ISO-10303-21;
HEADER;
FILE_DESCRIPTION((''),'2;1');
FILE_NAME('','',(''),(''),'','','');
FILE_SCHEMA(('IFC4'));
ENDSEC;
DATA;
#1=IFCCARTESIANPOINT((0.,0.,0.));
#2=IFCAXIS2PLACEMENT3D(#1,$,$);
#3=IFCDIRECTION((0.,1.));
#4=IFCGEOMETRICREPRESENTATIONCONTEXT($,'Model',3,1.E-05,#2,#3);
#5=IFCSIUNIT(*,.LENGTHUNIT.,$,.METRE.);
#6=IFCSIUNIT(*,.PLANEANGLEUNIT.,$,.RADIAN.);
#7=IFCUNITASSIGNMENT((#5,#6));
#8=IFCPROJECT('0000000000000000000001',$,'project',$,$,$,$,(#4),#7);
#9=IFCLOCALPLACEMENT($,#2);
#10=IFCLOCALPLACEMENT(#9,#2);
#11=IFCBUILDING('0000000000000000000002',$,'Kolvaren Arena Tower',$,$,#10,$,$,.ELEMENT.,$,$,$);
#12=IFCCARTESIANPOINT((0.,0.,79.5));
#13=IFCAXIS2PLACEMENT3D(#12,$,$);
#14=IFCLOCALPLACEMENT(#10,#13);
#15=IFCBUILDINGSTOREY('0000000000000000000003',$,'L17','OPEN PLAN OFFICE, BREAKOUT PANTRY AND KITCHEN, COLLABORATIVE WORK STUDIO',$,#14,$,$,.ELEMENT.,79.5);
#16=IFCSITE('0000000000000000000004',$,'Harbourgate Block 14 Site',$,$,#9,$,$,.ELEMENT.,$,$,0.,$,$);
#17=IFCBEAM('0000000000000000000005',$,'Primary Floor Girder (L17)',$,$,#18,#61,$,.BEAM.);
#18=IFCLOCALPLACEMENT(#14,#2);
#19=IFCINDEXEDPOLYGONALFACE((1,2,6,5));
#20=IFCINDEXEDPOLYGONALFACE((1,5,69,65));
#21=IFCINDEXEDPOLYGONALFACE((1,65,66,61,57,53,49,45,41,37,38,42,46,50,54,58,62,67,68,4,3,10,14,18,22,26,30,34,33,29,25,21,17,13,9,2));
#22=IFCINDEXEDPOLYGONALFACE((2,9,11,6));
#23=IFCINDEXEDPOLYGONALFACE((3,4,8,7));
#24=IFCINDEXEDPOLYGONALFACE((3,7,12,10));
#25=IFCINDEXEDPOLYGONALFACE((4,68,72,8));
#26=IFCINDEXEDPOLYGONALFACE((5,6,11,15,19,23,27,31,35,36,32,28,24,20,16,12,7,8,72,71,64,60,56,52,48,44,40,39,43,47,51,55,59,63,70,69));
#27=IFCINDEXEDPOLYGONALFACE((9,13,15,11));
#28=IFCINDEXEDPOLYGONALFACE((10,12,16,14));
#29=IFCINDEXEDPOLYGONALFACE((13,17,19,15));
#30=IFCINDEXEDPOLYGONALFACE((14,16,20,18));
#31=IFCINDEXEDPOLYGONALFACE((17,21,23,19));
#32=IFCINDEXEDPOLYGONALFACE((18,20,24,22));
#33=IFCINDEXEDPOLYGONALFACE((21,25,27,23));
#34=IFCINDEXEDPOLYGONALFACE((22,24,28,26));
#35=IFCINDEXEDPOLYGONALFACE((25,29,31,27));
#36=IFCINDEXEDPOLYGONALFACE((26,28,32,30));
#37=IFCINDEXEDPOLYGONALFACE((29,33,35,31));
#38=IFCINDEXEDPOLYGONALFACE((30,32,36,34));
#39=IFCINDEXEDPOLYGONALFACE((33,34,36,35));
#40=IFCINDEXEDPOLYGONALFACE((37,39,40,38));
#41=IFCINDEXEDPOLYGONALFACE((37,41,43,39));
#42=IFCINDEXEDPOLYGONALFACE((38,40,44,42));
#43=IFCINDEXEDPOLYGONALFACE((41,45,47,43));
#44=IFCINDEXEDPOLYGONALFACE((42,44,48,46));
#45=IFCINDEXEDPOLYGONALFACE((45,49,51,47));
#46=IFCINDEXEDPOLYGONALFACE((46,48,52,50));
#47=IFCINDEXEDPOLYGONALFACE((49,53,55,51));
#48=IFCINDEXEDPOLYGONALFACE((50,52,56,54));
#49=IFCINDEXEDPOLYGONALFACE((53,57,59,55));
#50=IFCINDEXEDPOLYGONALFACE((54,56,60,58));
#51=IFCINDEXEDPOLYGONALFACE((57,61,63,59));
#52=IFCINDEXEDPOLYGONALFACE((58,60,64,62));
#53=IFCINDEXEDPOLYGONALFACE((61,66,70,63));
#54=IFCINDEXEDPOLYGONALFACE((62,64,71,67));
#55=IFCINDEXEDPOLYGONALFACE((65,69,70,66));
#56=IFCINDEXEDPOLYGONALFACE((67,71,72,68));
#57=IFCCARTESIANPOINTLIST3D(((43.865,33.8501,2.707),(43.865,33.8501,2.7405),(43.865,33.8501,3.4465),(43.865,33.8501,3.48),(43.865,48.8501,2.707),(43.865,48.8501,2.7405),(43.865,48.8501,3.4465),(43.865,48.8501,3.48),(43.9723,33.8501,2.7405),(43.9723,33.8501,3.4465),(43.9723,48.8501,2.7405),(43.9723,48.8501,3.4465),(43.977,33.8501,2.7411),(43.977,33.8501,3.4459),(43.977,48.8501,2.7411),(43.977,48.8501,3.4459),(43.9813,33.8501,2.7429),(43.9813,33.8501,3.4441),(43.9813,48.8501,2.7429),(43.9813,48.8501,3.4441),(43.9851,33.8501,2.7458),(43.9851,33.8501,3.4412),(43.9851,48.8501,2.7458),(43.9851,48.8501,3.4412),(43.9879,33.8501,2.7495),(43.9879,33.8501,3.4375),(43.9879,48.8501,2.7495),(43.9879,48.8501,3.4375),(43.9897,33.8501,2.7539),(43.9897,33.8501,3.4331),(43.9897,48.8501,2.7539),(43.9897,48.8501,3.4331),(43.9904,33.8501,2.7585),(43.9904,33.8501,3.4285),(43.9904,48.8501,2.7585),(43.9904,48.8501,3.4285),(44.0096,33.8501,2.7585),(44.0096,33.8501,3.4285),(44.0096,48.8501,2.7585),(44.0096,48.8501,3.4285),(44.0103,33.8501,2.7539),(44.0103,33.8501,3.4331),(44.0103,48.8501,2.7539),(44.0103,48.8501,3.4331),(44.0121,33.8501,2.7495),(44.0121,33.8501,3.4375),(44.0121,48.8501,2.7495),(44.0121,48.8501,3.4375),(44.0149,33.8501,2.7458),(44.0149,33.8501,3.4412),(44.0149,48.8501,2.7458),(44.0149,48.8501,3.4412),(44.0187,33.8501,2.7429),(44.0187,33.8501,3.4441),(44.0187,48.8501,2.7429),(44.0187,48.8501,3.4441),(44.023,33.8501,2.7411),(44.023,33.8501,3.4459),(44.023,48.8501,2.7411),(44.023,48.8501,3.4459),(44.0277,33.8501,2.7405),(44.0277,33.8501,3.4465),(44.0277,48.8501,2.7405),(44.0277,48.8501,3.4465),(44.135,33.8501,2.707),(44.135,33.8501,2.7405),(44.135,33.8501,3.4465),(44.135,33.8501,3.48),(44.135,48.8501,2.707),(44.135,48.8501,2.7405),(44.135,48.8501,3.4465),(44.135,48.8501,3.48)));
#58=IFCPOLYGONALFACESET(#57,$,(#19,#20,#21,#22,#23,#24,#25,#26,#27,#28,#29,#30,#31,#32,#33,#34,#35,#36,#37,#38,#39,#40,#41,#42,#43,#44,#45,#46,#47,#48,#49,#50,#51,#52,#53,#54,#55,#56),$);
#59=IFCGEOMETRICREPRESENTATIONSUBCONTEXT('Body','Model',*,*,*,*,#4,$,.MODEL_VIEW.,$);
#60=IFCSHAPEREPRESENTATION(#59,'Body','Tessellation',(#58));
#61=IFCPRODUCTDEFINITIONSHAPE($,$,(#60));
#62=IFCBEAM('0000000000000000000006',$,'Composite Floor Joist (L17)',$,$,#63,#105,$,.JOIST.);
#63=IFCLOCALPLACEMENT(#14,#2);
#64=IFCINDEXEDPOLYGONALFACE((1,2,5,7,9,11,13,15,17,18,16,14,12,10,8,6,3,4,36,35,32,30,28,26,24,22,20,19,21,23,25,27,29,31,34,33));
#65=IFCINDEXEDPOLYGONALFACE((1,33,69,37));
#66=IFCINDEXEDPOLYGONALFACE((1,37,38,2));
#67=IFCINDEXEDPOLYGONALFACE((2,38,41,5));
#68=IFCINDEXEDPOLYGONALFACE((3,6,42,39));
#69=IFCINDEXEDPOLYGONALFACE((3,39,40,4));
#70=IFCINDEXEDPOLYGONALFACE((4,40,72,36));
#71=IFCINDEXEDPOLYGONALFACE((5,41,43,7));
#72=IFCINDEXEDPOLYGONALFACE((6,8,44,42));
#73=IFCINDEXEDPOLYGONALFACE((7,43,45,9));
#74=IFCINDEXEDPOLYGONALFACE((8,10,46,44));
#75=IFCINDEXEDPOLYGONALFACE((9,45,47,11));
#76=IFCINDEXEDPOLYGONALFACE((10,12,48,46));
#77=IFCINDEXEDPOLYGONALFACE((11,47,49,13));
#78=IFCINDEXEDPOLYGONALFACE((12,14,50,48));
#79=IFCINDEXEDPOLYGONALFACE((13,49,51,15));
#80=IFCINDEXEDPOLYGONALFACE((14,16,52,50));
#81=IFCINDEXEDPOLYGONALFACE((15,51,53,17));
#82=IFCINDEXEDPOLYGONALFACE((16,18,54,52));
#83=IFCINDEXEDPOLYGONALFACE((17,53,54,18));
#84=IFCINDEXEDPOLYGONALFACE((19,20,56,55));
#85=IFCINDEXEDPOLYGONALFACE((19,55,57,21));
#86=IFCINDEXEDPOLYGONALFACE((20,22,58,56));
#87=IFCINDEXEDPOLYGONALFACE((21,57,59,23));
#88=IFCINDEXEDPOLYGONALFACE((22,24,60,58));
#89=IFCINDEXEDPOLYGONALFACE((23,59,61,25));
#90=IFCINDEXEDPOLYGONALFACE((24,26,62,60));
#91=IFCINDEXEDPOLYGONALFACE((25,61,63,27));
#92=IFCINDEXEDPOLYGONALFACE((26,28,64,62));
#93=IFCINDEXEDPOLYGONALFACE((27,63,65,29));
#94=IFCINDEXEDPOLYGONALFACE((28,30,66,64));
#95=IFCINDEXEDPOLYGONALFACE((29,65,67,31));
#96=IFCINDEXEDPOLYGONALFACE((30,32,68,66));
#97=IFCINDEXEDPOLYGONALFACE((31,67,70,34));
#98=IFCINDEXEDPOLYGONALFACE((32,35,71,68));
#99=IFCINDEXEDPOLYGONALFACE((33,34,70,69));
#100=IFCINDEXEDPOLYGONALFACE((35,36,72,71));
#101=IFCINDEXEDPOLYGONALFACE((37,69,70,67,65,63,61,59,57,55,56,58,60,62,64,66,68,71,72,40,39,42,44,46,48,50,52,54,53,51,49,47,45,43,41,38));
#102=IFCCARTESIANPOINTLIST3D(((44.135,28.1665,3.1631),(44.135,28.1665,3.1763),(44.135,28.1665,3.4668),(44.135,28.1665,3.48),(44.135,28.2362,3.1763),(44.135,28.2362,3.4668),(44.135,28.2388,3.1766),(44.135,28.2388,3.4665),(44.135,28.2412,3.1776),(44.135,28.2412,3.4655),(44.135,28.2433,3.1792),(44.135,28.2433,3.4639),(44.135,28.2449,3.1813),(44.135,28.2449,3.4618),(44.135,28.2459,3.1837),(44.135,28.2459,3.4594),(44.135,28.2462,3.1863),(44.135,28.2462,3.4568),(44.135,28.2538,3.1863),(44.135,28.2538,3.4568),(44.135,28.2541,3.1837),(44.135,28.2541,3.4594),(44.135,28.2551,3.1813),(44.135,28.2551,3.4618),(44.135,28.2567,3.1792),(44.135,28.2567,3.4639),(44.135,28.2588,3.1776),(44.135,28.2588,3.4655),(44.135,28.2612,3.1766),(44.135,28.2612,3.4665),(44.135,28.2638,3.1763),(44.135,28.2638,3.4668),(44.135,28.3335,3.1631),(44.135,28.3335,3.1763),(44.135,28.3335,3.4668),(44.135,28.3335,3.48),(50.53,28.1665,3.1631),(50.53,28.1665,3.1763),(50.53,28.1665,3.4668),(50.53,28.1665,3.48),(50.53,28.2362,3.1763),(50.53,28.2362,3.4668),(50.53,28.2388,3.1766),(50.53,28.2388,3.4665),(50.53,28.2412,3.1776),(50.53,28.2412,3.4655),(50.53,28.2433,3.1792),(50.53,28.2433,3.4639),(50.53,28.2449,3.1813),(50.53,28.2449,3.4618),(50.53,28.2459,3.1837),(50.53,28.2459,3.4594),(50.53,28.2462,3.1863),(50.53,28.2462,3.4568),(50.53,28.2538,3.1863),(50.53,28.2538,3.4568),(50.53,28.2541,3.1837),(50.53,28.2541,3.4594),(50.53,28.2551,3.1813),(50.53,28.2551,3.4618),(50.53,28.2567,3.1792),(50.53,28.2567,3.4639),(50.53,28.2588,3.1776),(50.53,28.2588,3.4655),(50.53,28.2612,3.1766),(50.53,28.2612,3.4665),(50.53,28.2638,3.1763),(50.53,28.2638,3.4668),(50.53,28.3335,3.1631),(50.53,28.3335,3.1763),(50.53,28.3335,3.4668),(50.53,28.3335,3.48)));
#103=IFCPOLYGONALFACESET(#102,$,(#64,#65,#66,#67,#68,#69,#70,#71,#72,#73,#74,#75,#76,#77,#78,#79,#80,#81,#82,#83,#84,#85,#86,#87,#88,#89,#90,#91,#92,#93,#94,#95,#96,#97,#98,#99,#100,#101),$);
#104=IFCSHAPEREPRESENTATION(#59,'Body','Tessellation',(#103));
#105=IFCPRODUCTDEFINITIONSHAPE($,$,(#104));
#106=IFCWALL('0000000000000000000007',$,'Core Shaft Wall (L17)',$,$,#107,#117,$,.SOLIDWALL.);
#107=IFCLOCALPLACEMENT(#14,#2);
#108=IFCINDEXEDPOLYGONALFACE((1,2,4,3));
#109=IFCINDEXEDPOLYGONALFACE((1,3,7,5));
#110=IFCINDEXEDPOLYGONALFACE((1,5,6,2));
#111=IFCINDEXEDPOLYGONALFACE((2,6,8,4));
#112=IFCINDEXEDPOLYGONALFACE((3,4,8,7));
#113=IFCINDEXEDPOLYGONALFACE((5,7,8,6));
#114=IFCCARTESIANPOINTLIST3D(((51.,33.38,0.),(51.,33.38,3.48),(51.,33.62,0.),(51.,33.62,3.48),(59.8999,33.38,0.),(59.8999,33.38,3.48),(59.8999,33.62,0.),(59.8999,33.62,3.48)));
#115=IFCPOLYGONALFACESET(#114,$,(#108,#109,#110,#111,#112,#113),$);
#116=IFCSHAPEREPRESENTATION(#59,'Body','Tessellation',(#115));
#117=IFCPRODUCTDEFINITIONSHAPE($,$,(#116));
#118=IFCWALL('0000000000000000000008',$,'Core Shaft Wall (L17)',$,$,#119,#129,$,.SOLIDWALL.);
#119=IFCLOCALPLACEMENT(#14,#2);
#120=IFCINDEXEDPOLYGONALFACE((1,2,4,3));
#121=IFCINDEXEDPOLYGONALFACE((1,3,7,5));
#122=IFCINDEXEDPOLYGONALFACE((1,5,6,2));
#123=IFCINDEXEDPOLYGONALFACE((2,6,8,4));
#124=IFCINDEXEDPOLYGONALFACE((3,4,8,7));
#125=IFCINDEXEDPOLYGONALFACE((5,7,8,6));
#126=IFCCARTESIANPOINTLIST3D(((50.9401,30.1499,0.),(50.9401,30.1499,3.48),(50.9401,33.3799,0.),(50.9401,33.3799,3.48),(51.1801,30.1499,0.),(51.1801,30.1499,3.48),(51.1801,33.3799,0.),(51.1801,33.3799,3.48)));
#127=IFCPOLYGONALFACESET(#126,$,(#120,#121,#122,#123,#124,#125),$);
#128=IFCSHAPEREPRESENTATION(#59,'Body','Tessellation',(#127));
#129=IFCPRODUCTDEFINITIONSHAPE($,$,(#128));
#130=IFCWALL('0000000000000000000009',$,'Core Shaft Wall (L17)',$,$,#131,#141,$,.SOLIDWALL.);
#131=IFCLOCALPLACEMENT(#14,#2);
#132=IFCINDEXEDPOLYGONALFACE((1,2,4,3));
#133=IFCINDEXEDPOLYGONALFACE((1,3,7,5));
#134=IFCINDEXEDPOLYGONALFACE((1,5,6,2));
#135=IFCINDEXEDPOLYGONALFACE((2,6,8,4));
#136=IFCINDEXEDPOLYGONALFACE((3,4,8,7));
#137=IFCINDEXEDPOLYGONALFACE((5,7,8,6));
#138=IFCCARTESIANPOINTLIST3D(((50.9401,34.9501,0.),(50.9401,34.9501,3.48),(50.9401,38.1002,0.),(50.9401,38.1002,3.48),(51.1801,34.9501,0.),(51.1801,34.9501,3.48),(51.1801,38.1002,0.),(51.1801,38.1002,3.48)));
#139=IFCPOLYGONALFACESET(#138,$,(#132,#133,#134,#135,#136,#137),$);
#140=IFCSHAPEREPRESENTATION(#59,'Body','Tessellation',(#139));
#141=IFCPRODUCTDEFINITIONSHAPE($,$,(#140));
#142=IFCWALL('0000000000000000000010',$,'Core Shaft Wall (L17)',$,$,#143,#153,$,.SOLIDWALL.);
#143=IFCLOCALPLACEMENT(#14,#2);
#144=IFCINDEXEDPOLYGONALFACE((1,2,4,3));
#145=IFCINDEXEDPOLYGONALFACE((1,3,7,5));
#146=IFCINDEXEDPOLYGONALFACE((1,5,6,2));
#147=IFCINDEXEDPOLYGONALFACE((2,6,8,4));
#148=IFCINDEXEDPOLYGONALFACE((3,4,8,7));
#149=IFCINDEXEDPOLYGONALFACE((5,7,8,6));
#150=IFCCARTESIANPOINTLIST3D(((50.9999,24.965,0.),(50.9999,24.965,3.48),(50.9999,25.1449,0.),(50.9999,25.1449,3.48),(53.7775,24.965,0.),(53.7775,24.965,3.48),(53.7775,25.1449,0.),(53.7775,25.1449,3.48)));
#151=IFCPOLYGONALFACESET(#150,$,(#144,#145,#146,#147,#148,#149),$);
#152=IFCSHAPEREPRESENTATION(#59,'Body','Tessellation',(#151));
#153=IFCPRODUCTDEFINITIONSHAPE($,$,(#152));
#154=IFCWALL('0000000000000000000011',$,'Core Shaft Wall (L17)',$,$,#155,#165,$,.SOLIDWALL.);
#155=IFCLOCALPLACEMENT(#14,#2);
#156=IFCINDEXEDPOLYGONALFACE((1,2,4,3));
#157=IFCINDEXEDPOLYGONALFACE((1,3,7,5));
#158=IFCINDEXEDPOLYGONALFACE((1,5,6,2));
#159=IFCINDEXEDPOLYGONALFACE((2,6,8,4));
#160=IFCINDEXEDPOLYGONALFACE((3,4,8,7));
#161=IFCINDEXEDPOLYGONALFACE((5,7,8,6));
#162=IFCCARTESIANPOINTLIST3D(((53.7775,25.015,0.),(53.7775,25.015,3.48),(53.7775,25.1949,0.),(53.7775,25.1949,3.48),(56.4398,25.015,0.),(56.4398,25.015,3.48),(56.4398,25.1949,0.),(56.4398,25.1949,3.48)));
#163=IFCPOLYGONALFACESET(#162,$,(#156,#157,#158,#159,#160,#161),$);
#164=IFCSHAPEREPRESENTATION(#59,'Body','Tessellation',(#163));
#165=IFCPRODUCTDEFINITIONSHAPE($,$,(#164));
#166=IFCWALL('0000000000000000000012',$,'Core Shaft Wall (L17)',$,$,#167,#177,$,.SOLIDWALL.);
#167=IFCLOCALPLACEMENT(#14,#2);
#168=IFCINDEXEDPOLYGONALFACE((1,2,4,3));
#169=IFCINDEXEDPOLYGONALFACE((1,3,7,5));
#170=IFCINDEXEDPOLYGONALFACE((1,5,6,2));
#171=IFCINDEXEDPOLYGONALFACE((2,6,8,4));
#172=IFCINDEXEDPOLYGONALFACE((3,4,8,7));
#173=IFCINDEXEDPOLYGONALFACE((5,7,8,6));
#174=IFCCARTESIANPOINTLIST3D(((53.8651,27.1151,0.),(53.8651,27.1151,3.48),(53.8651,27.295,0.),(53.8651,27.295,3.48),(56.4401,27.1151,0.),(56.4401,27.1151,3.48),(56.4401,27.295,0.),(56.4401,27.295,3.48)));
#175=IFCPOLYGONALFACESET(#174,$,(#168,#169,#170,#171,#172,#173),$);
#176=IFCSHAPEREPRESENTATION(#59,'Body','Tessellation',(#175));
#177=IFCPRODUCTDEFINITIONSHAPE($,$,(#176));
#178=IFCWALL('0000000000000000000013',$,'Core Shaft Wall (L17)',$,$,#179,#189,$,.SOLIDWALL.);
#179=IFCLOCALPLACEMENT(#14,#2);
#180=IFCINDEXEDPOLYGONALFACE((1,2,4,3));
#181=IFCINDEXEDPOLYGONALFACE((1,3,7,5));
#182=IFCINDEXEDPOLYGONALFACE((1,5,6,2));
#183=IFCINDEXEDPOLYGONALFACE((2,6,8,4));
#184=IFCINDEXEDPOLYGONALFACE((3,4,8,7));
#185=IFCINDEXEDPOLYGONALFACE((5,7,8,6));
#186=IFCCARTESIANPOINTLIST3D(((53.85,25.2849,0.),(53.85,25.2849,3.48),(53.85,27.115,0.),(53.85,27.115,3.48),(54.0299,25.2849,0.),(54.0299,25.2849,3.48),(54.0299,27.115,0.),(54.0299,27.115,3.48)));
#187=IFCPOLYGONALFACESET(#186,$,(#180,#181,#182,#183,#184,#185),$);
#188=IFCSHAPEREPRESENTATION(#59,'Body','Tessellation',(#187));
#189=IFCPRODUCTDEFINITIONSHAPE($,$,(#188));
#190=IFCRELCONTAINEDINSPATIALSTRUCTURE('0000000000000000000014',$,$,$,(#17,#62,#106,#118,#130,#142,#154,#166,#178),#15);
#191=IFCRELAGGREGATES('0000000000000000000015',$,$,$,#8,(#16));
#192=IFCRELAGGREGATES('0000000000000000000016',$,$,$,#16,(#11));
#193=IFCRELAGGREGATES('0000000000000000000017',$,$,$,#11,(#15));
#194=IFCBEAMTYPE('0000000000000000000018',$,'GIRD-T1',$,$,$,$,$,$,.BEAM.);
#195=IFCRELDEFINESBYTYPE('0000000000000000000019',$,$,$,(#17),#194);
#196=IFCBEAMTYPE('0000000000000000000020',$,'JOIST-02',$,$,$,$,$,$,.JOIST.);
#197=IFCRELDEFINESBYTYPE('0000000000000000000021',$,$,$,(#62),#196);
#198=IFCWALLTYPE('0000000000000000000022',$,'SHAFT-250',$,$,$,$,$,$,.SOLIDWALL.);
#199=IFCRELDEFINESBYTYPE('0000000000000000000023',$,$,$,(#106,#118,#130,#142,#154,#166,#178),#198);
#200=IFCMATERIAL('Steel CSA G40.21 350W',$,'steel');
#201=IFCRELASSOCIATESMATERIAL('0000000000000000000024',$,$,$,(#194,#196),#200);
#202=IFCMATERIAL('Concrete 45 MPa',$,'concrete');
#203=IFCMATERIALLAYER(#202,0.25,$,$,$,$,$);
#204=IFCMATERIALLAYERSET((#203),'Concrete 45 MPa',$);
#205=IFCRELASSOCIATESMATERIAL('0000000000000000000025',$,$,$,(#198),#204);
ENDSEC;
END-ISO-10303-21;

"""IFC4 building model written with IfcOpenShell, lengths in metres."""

from ifc_helpers import new_model, si_unit, direction, frame, frame_2d, origin, origin_2d, place, context, subcontext, project, spatial, rectangle, i_section, extrude, material, layer, layer_set, material_profile, profile_set, type_object, element, save


model = new_model("IFC4")

# Units and contexts
model_context = context("Model", 3, precision=1e-05, world=origin(), true_north=direction((0.0, 1.0)))
body_context = subcontext(model_context, "Body", "Model", "MODEL_VIEW")
ifc_project = project(units=[si_unit("LENGTHUNIT", "METRE"), si_unit("PLANEANGLEUNIT", "RADIAN")], contexts=[model_context])

# Site, building, storey
site_placement = place(None, origin())
site = spatial("IfcSite", under=ifc_project, at=site_placement, Name="Harbourgate Block 14 Site", CompositionType="ELEMENT", RefElevation=0.0)
building_placement = place(site_placement, origin())
building = spatial("IfcBuilding", under=site, at=building_placement, Name="Kolvaren Arena Tower", CompositionType="ELEMENT")
storey_placement = place(building_placement, frame((0.0, 0.0, 79.5)))
storey = spatial("IfcBuildingStorey", under=building, at=storey_placement, Name="L17", Description="OPEN PLAN OFFICE, BREAKOUT PANTRY AND KITCHEN, COLLABORATIVE WORK STUDIO", CompositionType="ELEMENT", Elevation=79.5)

# Beams
ifc_material_1 = material(Name="Steel CSA G40.21 350W", Category="steel")
ifc_material_profile_1 = material_profile(ifc_material_1, i_section(OverallWidth=0.27, OverallDepth=0.7729, WebThickness=0.0193, FlangeThickness=0.0334, FilletRadius=0.0181, at=origin_2d()), Name="W760x257")
ifc_profile_set_1 = profile_set([ifc_material_profile_1], Name="Steel CSA G40.21 350W")
beam_type_1 = type_object("IfcBeamType", Name="GIRD-T1", PredefinedType="BEAM", material=ifc_profile_set_1)
beam_1_placement = place(storey_placement, frame((44.0, 33.8501, 3.0935), z_axis=(0.0, 1.0, 0.0), x_axis=(-1.0, 0.0, 0.0)))
element("IfcBeam", 1, at=beam_1_placement, inside=storey, type_object=beam_type_1, Name="Primary Floor Girder (L17)", PredefinedType="BEAM", context=body_context, shape_type="SweptSolid", body=[
    extrude(i_section(OverallWidth=0.27, OverallDepth=0.7729, WebThickness=0.0193, FlangeThickness=0.0334, FilletRadius=0.0181, at=origin_2d()), origin(), (0.0, 0.0, 1.0), 15.0),
])
ifc_material_profile_2 = material_profile(ifc_material_1, i_section(OverallWidth=0.167, OverallDepth=0.3169, WebThickness=0.0076, FlangeThickness=0.0132, FilletRadius=0.01, at=origin_2d()), Name="W310x52")
ifc_profile_set_2 = profile_set([ifc_material_profile_2], Name="Steel CSA G40.21 350W")
beam_type_2 = type_object("IfcBeamType", Name="JOIST-02", PredefinedType="JOIST", material=ifc_profile_set_2)
beam_2_placement = place(storey_placement, frame((44.135, 28.25, 3.3215), z_axis=(1.0, 0.0, 0.0), x_axis=(0.0, 1.0, 0.0)))
element("IfcBeam", 2, at=beam_2_placement, inside=storey, type_object=beam_type_2, Name="Composite Floor Joist (L17)", PredefinedType="JOIST", context=body_context, shape_type="SweptSolid", body=[
    extrude(i_section(OverallWidth=0.167, OverallDepth=0.3169, WebThickness=0.0076, FlangeThickness=0.0132, FilletRadius=0.01, at=origin_2d()), origin(), (0.0, 0.0, 1.0), 6.395),
])

# Walls
ifc_material_2 = material(Name="Concrete 45 MPa", Category="concrete")
ifc_layer = layer(ifc_material_2, 0.25)
ifc_layer_set = layer_set([ifc_layer], Name="Concrete 45 MPa")
wall_type = type_object("IfcWallType", Name="SHAFT-250", PredefinedType="SOLIDWALL", material=ifc_layer_set)
wall_1_placement = place(storey_placement, frame((51.0, 33.5, 0.0), z_axis=(0.0, 0.0, 1.0), x_axis=(1.0, 0.0, 0.0)))
element("IfcWall", 3, at=wall_1_placement, inside=storey, type_object=wall_type, Name="Core Shaft Wall (L17)", PredefinedType="SOLIDWALL", context=body_context, shape_type="SweptSolid", body=[
    extrude(rectangle(XDim=8.8999, YDim=0.24, at=frame_2d((4.45, 0.0))), origin(), (0.0, 0.0, 1.0), 3.48),
])
wall_2_placement = place(storey_placement, frame((51.0601, 30.1499, 0.0), z_axis=(0.0, 0.0, 1.0), x_axis=(0.0, 1.0, 0.0)))
element("IfcWall", 4, at=wall_2_placement, inside=storey, type_object=wall_type, Name="Core Shaft Wall (L17)", PredefinedType="SOLIDWALL", context=body_context, shape_type="SweptSolid", body=[
    extrude(rectangle(XDim=3.23, YDim=0.24, at=frame_2d((1.615, 0.0))), origin(), (0.0, 0.0, 1.0), 3.48),
])
wall_3_placement = place(storey_placement, frame((51.0601, 34.95, 0.0), z_axis=(0.0, 0.0, 1.0), x_axis=(0.0, 1.0, 0.0)))
element("IfcWall", 5, at=wall_3_placement, inside=storey, type_object=wall_type, Name="Core Shaft Wall (L17)", PredefinedType="SOLIDWALL", context=body_context, shape_type="SweptSolid", body=[
    extrude(rectangle(XDim=3.1501, YDim=0.24, at=frame_2d((1.5752, 0.0))), origin(), (0.0, 0.0, 1.0), 3.48),
])
wall_4_placement = place(storey_placement, frame((51.0, 25.0549, 0.0), z_axis=(0.0, 0.0, 1.0), x_axis=(1.0, 0.0, 0.0)))
element("IfcWall", 6, at=wall_4_placement, inside=storey, type_object=wall_type, Name="Core Shaft Wall (L17)", PredefinedType="SOLIDWALL", context=body_context, shape_type="SweptSolid", body=[
    extrude(rectangle(XDim=2.7776, YDim=0.1799, at=frame_2d((1.3887, 0.0))), origin(), (0.0, 0.0, 1.0), 3.48),
])
wall_5_placement = place(storey_placement, frame((53.7776, 25.105, 0.0), z_axis=(0.0, 0.0, 1.0), x_axis=(1.0, 0.0, 0.0)))
element("IfcWall", 7, at=wall_5_placement, inside=storey, type_object=wall_type, Name="Core Shaft Wall (L17)", PredefinedType="SOLIDWALL", context=body_context, shape_type="SweptSolid", body=[
    extrude(rectangle(XDim=2.6624, YDim=0.1799, at=frame_2d((1.3311, 0.0))), origin(), (0.0, 0.0, 1.0), 3.48),
])
wall_6_placement = place(storey_placement, frame((53.865, 27.2051, 0.0), z_axis=(0.0, 0.0, 1.0), x_axis=(1.0, 0.0, 0.0)))
element("IfcWall", 8, at=wall_6_placement, inside=storey, type_object=wall_type, Name="Core Shaft Wall (L17)", PredefinedType="SOLIDWALL", context=body_context, shape_type="SweptSolid", body=[
    extrude(rectangle(XDim=2.575, YDim=0.1799, at=frame_2d((1.2876, 0.0))), origin(), (0.0, 0.0, 1.0), 3.48),
])
wall_7_placement = place(storey_placement, frame((53.9399, 25.2849, 0.0), z_axis=(0.0, 0.0, 1.0), x_axis=(0.0, 1.0, 0.0)))
element("IfcWall", 9, at=wall_7_placement, inside=storey, type_object=wall_type, Name="Core Shaft Wall (L17)", PredefinedType="SOLIDWALL", context=body_context, shape_type="SweptSolid", body=[
    extrude(rectangle(XDim=1.8301, YDim=0.1799, at=frame_2d((0.915, 0.0))), origin(), (0.0, 0.0, 1.0), 3.48),
])

save(model, "model.ifc")
